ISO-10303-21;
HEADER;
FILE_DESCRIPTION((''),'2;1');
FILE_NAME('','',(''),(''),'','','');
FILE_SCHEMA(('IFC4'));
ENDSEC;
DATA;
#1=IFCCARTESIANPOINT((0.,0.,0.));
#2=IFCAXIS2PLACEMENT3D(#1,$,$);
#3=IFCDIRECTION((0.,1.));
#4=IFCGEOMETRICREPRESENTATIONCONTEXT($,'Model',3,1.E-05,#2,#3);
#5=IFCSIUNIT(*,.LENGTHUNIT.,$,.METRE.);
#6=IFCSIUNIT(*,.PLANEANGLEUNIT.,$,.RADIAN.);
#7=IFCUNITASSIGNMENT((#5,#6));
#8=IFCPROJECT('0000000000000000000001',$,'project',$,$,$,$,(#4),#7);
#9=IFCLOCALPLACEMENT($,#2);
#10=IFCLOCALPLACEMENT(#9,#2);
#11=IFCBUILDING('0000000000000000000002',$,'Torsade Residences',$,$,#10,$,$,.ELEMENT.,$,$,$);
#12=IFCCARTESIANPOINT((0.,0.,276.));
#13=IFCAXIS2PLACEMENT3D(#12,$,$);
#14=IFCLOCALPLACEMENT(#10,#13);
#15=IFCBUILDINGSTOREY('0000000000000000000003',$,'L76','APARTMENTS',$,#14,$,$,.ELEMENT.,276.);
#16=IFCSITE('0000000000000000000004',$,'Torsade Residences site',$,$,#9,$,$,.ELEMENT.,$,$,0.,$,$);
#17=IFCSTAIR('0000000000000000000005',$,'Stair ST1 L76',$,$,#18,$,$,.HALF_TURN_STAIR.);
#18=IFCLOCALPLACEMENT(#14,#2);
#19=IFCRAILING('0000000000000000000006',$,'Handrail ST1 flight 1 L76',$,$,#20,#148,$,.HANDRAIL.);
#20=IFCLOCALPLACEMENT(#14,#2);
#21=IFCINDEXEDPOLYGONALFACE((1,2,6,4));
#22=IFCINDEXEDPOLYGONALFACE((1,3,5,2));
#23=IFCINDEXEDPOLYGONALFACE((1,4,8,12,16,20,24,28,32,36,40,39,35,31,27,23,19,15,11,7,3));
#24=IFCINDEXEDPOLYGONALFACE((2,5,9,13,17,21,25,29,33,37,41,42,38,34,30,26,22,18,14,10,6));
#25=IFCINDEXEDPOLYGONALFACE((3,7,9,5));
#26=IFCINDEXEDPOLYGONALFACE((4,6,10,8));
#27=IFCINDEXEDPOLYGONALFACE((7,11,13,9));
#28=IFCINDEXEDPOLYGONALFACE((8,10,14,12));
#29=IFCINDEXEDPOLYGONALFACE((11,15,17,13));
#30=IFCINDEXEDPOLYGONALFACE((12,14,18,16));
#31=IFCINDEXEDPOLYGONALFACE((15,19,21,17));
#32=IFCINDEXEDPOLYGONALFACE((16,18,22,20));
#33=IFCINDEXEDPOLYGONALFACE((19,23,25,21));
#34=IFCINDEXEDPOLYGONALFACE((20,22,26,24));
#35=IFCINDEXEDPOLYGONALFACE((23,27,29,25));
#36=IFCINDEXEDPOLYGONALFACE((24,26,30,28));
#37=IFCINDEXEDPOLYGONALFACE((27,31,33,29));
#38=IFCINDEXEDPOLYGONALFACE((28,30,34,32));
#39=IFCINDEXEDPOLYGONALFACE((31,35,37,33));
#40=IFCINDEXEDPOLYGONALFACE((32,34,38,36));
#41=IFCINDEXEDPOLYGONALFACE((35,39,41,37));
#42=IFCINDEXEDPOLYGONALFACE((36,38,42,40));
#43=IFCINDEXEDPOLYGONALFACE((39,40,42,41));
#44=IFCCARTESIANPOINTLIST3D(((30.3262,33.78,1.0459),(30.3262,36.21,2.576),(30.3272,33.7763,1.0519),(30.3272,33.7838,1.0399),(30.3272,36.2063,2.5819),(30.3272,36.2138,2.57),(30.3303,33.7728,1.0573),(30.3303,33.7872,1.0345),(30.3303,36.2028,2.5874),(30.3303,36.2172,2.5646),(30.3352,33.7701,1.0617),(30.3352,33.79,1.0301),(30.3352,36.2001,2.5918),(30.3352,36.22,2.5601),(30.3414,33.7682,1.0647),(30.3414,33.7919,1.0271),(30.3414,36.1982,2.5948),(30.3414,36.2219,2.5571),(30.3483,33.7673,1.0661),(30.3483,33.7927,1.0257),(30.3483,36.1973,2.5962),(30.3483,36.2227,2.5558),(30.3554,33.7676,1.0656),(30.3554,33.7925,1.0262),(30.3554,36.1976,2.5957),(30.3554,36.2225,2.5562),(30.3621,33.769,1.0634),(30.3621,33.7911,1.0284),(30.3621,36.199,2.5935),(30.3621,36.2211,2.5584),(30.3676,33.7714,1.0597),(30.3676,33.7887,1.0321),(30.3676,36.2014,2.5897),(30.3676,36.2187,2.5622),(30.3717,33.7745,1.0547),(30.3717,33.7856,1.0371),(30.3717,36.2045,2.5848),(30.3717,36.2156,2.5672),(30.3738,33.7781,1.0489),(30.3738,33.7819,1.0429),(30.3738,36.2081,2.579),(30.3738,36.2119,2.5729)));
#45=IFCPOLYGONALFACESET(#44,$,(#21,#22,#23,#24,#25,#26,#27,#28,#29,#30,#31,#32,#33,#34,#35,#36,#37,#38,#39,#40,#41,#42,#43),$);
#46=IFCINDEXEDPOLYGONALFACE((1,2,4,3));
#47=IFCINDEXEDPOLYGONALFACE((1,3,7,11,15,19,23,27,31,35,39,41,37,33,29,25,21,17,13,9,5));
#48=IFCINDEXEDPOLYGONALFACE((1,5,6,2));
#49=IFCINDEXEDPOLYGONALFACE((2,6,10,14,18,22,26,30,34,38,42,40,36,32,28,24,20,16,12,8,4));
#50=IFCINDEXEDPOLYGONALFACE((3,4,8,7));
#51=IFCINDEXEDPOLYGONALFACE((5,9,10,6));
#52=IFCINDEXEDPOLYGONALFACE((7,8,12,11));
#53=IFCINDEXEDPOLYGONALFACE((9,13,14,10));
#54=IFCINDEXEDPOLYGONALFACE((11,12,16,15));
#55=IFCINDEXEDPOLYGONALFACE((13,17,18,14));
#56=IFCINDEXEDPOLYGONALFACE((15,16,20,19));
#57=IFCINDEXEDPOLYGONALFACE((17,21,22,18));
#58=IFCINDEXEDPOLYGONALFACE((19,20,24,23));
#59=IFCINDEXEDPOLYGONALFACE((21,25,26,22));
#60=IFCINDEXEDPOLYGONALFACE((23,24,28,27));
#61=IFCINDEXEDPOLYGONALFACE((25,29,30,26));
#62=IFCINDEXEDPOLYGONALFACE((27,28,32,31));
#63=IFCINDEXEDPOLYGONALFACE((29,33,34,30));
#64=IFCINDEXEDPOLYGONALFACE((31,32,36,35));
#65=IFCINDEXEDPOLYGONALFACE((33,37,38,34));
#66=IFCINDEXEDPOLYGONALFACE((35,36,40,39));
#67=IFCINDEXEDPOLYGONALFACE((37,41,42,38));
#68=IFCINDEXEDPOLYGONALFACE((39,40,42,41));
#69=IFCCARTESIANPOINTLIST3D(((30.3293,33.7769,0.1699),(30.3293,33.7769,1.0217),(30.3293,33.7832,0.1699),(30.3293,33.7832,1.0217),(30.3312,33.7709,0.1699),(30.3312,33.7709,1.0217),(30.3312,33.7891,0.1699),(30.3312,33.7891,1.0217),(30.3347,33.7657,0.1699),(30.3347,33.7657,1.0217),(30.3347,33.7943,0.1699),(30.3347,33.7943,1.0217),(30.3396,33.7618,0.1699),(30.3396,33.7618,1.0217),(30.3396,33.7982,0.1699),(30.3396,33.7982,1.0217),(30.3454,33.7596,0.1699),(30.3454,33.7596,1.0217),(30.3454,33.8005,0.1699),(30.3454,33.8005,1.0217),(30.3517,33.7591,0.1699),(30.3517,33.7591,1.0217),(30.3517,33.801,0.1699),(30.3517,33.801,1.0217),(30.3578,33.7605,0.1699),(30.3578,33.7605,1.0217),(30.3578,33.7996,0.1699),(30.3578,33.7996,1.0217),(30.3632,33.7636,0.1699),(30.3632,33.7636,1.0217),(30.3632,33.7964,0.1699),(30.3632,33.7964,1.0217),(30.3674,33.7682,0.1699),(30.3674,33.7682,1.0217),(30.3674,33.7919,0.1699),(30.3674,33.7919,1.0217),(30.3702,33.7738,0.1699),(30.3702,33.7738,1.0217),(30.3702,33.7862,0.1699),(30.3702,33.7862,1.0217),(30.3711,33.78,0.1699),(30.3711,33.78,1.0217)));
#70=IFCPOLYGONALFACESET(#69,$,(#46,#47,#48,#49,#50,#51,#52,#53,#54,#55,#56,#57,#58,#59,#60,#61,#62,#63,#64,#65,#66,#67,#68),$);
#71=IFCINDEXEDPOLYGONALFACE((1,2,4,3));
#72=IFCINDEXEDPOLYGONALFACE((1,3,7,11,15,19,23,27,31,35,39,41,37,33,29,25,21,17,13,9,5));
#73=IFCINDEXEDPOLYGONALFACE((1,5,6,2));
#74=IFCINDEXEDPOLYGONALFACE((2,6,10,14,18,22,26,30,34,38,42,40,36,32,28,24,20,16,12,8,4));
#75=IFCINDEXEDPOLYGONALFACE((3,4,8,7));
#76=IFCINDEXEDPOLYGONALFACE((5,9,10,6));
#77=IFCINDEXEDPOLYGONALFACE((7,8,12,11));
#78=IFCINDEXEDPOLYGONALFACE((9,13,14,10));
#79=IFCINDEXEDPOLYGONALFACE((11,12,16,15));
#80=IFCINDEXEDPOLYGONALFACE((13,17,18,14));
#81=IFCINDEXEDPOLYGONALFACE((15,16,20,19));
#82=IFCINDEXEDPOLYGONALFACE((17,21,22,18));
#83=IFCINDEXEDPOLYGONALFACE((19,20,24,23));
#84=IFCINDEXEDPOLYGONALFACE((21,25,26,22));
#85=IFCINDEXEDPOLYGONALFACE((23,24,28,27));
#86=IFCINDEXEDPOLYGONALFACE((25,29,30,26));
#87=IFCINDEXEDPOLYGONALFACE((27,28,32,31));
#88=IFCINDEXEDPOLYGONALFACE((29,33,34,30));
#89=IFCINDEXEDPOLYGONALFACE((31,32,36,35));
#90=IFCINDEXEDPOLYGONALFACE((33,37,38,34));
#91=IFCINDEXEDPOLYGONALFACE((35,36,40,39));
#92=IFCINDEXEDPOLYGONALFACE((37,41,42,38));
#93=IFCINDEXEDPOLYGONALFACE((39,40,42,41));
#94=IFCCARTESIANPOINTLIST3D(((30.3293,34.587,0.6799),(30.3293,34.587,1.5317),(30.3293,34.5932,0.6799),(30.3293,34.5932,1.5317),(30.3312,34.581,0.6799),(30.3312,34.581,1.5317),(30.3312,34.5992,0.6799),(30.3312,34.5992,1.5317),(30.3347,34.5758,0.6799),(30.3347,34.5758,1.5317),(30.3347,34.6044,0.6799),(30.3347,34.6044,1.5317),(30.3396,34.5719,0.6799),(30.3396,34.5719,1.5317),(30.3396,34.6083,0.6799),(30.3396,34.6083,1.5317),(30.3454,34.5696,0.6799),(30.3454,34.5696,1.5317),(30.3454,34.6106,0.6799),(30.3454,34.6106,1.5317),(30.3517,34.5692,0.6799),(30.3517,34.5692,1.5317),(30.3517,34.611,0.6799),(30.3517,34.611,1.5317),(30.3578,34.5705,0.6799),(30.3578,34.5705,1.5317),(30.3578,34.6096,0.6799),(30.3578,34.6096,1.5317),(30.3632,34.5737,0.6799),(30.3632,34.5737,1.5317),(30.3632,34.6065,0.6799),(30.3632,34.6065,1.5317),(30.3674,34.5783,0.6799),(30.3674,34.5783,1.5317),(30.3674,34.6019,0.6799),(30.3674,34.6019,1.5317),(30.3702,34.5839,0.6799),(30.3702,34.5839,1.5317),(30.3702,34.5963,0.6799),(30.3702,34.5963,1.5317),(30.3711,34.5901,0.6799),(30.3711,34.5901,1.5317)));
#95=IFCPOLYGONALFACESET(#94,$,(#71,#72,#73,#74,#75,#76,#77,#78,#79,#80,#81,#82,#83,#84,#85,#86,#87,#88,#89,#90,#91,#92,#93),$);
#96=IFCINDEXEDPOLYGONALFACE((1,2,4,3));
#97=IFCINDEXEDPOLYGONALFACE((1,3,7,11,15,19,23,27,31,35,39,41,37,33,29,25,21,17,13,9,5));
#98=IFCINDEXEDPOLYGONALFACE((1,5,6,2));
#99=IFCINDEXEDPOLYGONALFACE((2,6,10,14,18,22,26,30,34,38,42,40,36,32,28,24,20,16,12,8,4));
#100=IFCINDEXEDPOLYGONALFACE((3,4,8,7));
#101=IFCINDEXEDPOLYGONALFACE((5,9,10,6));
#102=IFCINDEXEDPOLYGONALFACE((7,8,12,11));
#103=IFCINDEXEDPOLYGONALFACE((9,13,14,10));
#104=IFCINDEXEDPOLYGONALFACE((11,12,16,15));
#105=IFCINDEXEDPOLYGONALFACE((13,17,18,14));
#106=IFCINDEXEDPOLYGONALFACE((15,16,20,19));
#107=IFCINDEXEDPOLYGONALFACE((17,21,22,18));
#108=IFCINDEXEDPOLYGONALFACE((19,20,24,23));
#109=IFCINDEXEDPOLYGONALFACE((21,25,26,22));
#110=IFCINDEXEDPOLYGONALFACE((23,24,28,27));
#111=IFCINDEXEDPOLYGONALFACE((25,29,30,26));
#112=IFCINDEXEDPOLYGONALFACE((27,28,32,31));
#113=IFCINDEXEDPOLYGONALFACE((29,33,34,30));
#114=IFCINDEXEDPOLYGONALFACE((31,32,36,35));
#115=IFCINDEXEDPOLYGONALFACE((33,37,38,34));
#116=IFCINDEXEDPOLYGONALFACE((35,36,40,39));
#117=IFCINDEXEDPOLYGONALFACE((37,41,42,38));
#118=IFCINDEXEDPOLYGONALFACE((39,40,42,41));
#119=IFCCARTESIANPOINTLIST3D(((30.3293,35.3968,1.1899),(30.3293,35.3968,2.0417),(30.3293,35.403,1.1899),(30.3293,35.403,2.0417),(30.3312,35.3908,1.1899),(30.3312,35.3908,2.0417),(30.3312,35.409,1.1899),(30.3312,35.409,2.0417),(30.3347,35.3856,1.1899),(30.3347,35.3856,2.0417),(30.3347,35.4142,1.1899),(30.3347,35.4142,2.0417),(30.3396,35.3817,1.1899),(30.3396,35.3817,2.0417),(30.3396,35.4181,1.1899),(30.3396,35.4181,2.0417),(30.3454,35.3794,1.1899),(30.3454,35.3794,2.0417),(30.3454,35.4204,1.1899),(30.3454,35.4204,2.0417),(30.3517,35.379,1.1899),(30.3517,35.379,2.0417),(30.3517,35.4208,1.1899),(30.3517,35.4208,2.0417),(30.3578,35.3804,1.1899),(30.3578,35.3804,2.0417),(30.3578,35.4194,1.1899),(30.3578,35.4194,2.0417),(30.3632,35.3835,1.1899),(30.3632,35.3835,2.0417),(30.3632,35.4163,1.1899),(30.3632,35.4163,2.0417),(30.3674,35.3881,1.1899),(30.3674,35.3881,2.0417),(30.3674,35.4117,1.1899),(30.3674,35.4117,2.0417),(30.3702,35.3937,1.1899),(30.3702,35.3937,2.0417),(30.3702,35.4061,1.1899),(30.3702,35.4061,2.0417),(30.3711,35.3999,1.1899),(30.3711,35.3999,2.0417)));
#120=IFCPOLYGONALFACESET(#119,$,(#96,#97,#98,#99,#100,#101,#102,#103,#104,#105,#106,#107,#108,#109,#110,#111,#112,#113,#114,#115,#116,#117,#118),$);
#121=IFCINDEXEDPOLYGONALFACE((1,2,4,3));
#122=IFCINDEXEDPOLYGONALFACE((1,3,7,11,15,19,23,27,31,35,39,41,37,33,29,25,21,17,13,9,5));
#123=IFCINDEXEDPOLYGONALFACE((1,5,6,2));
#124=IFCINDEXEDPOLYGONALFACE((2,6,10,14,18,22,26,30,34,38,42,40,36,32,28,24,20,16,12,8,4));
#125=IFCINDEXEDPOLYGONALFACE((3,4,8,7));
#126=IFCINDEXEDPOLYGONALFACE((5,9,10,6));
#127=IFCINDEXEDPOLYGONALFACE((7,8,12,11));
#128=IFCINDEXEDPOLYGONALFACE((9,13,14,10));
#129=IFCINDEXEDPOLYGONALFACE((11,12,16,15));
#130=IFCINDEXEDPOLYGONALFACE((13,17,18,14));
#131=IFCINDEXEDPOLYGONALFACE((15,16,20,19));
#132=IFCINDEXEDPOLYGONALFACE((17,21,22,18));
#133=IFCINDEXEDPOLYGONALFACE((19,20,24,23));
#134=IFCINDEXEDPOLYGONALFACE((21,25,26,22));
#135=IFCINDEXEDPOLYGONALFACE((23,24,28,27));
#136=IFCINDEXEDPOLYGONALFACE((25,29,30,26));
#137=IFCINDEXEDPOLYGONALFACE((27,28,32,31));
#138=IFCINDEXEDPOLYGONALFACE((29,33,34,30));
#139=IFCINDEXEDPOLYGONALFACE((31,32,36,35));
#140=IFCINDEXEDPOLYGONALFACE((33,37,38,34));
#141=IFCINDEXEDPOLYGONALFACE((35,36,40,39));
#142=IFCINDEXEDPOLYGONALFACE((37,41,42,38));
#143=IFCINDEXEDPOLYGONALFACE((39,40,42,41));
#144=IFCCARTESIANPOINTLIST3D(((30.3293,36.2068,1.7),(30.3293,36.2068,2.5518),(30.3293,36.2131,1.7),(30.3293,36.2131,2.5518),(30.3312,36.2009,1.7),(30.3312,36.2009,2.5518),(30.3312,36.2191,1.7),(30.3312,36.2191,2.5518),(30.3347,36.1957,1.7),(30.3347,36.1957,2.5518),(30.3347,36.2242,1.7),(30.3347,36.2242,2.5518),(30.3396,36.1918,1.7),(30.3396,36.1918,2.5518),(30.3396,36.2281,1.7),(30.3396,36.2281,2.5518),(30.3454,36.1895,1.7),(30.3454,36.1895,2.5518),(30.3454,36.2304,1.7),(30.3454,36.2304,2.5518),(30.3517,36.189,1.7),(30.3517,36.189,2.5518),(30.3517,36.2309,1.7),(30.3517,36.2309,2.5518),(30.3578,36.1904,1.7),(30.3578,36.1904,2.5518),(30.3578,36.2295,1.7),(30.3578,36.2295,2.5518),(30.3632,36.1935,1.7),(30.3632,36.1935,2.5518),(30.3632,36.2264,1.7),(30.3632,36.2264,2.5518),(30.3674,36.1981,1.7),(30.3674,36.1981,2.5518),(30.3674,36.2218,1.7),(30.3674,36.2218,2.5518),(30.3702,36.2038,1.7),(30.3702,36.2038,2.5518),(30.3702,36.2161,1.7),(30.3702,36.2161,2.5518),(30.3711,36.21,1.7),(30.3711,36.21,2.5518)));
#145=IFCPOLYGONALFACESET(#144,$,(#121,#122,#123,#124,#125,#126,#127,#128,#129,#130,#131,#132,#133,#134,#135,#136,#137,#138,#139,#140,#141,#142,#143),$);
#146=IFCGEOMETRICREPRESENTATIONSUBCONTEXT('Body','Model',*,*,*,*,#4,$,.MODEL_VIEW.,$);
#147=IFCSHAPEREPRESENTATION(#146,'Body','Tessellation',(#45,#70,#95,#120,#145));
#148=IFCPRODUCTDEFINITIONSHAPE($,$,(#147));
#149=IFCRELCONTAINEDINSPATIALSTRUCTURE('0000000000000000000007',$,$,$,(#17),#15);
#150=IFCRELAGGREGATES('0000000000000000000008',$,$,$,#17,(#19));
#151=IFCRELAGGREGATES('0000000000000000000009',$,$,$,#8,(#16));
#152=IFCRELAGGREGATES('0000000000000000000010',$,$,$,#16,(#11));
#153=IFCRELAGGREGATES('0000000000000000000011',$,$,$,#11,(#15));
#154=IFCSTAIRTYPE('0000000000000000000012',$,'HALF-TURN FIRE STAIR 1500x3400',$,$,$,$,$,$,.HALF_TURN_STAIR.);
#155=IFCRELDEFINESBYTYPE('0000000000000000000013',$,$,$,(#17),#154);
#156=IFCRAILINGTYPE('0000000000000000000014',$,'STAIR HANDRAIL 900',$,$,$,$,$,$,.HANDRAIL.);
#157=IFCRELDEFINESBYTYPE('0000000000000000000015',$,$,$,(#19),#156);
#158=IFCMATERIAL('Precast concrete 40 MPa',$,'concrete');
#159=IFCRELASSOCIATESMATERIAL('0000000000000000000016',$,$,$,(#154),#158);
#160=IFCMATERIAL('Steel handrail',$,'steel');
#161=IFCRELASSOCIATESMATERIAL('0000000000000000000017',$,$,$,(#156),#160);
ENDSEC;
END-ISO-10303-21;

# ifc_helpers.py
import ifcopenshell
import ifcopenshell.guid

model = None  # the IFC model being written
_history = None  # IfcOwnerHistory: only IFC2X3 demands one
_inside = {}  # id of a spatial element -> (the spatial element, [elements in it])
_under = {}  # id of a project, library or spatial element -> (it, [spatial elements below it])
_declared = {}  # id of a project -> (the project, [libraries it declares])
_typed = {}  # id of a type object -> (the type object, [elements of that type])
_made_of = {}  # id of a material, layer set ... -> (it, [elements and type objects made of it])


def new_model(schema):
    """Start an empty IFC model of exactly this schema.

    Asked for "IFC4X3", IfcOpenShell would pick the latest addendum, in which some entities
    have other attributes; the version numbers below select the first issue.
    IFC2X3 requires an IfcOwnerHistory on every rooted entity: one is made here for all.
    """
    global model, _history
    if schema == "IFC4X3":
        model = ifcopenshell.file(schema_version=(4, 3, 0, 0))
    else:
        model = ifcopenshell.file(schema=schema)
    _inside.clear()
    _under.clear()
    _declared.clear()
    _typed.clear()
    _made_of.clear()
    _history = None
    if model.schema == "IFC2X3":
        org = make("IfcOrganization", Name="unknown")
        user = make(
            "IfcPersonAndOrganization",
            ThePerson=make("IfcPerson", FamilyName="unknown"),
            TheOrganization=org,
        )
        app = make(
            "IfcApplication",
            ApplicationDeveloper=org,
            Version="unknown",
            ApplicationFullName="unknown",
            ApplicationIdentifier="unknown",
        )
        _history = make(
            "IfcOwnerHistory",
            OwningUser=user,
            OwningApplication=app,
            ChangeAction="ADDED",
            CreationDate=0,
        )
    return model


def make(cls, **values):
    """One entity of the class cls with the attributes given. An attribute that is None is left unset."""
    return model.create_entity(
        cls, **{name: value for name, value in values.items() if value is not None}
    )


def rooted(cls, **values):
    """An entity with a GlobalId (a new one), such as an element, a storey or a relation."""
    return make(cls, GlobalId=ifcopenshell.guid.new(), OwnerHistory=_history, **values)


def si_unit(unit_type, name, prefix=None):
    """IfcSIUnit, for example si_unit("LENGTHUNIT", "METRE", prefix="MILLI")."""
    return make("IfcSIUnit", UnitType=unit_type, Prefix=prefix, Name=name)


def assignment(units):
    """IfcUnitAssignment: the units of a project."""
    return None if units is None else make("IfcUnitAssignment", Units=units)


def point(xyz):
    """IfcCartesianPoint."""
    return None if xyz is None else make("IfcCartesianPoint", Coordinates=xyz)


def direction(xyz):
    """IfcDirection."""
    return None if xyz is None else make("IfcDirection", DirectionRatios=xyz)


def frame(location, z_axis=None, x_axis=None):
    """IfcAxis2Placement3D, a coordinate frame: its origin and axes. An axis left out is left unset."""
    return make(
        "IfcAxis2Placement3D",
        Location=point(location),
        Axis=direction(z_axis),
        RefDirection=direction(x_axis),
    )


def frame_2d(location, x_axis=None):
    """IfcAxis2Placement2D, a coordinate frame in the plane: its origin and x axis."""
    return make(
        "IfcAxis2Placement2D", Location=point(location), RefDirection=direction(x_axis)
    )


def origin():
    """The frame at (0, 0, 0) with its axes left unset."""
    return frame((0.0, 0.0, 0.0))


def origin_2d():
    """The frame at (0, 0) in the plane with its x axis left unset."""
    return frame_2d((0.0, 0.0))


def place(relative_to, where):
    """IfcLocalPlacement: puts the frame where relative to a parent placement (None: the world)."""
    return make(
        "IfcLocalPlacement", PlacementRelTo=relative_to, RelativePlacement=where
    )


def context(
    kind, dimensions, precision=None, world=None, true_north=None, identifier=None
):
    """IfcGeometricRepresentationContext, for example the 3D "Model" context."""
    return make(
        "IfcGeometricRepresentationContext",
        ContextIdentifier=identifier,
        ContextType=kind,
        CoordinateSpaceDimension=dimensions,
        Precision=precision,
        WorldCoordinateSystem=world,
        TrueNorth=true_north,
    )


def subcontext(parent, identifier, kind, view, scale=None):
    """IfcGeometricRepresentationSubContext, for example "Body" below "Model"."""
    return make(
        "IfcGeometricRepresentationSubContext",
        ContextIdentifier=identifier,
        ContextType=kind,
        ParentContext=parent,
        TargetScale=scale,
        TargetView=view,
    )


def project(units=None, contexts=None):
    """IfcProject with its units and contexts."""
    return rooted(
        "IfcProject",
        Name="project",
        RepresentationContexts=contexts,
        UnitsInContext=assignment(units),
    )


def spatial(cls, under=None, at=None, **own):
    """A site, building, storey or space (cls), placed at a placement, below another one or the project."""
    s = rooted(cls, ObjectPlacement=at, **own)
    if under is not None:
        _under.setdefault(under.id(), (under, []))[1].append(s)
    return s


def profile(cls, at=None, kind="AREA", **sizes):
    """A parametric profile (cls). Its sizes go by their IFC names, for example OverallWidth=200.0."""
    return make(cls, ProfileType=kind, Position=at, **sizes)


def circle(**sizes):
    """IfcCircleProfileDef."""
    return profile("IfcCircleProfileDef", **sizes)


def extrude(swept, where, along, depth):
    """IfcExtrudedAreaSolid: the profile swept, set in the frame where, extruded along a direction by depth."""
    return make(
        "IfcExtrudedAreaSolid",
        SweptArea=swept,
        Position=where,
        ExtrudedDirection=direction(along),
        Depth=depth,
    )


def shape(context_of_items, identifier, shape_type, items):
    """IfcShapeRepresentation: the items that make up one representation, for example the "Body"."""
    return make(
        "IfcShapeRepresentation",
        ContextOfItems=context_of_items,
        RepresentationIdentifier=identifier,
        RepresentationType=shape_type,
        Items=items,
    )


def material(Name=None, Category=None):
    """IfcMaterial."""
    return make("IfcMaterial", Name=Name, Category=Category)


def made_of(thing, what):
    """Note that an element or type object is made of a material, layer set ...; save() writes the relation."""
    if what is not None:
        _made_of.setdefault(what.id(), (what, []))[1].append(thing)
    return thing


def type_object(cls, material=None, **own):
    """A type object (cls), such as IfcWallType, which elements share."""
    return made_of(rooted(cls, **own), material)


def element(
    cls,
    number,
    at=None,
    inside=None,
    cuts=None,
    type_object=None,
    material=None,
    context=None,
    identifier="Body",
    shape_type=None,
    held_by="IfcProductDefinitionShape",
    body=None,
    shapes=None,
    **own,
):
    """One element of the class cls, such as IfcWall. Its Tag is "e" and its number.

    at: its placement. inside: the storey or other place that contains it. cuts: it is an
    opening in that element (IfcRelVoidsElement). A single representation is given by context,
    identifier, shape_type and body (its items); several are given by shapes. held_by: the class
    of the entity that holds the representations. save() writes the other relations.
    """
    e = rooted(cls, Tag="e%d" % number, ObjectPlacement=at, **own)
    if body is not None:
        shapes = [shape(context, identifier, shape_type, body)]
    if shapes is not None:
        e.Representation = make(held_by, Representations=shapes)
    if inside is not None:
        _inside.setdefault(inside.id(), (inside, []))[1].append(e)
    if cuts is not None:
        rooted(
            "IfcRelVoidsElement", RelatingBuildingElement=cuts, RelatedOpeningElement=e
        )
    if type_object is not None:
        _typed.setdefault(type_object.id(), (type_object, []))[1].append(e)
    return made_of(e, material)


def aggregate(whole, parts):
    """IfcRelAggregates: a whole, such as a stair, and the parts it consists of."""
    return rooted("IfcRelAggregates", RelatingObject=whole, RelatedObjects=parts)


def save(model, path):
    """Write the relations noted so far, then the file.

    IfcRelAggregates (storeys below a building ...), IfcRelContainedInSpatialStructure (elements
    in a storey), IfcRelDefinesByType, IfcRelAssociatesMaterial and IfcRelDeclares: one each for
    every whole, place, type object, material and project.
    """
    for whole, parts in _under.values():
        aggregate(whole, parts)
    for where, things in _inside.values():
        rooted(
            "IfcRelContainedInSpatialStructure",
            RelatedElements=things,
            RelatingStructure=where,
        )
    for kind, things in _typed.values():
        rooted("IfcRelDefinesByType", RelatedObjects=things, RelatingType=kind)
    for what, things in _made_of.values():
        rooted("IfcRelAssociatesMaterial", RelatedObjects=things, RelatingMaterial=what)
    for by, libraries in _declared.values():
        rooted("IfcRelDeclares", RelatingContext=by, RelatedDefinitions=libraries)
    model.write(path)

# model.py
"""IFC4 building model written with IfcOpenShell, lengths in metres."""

from ifc_helpers import new_model, si_unit, direction, frame, origin, origin_2d, place, context, subcontext, project, spatial, circle, extrude, material, type_object, element, aggregate, save


model = new_model("IFC4")

# Units and contexts
model_context = context("Model", 3, precision=1e-05, world=origin(), true_north=direction((0.0, 1.0)))
body_context = subcontext(model_context, "Body", "Model", "MODEL_VIEW")
ifc_project = project(units=[si_unit("LENGTHUNIT", "METRE"), si_unit("PLANEANGLEUNIT", "RADIAN")], contexts=[model_context])

# Site, building, storey
site_placement = place(None, origin())
site = spatial("IfcSite", under=ifc_project, at=site_placement, Name="Torsade Residences site", CompositionType="ELEMENT", RefElevation=0.0)
building_placement = place(site_placement, origin())
building = spatial("IfcBuilding", under=site, at=building_placement, Name="Torsade Residences", CompositionType="ELEMENT")
storey_placement = place(building_placement, frame((0.0, 0.0, 276.0)))
storey = spatial("IfcBuildingStorey", under=building, at=storey_placement, Name="L76", Description="APARTMENTS", CompositionType="ELEMENT", Elevation=276.0)

# Stair, railing
ifc_material_1 = material(Name="Precast concrete 40 MPa", Category="concrete")
stair_type = type_object("IfcStairType", Name="HALF-TURN FIRE STAIR 1500x3400", PredefinedType="HALF_TURN_STAIR", material=ifc_material_1)
stair_placement = place(storey_placement, origin())
stair = element("IfcStair", 1, at=stair_placement, inside=storey, type_object=stair_type, Name="Stair ST1 L76", PredefinedType="HALF_TURN_STAIR")
ifc_material_2 = material(Name="Steel handrail", Category="steel")
railing_type = type_object("IfcRailingType", Name="STAIR HANDRAIL 900", PredefinedType="HANDRAIL", material=ifc_material_2)
railing_1_placement = place(storey_placement, frame((30.3501, 33.78, 0.1699)))
railing_1 = element("IfcRailing", 2, at=railing_1_placement, type_object=railing_type, Name="Handrail ST1 flight 1 L76", PredefinedType="HANDRAIL", context=body_context, shape_type="SweptSolid", body=[
    extrude(circle(Radius=0.0239, at=origin_2d()), frame((0.0, 0.0, 0.876), z_axis=(0.0, 0.846221, 0.532831), x_axis=(-1.0, 0.0, 0.0)), (0.0, 0.0, 1.0), 2.8716),
    extrude(circle(Radius=0.021, at=origin_2d()), origin(), (0.0, 0.0, 1.0), 0.8518),
    extrude(circle(Radius=0.021, at=origin_2d()), frame((0.0, 0.8101, 0.51)), (0.0, 0.0, 1.0), 0.8518),
    extrude(circle(Radius=0.021, at=origin_2d()), frame((0.0, 1.6199, 1.02)), (0.0, 0.0, 1.0), 0.8518),
    extrude(circle(Radius=0.021, at=origin_2d()), frame((0.0, 2.4299, 1.53)), (0.0, 0.0, 1.0), 0.8518),
])
aggregate(stair, [railing_1])

save(model, "model.ifc")
